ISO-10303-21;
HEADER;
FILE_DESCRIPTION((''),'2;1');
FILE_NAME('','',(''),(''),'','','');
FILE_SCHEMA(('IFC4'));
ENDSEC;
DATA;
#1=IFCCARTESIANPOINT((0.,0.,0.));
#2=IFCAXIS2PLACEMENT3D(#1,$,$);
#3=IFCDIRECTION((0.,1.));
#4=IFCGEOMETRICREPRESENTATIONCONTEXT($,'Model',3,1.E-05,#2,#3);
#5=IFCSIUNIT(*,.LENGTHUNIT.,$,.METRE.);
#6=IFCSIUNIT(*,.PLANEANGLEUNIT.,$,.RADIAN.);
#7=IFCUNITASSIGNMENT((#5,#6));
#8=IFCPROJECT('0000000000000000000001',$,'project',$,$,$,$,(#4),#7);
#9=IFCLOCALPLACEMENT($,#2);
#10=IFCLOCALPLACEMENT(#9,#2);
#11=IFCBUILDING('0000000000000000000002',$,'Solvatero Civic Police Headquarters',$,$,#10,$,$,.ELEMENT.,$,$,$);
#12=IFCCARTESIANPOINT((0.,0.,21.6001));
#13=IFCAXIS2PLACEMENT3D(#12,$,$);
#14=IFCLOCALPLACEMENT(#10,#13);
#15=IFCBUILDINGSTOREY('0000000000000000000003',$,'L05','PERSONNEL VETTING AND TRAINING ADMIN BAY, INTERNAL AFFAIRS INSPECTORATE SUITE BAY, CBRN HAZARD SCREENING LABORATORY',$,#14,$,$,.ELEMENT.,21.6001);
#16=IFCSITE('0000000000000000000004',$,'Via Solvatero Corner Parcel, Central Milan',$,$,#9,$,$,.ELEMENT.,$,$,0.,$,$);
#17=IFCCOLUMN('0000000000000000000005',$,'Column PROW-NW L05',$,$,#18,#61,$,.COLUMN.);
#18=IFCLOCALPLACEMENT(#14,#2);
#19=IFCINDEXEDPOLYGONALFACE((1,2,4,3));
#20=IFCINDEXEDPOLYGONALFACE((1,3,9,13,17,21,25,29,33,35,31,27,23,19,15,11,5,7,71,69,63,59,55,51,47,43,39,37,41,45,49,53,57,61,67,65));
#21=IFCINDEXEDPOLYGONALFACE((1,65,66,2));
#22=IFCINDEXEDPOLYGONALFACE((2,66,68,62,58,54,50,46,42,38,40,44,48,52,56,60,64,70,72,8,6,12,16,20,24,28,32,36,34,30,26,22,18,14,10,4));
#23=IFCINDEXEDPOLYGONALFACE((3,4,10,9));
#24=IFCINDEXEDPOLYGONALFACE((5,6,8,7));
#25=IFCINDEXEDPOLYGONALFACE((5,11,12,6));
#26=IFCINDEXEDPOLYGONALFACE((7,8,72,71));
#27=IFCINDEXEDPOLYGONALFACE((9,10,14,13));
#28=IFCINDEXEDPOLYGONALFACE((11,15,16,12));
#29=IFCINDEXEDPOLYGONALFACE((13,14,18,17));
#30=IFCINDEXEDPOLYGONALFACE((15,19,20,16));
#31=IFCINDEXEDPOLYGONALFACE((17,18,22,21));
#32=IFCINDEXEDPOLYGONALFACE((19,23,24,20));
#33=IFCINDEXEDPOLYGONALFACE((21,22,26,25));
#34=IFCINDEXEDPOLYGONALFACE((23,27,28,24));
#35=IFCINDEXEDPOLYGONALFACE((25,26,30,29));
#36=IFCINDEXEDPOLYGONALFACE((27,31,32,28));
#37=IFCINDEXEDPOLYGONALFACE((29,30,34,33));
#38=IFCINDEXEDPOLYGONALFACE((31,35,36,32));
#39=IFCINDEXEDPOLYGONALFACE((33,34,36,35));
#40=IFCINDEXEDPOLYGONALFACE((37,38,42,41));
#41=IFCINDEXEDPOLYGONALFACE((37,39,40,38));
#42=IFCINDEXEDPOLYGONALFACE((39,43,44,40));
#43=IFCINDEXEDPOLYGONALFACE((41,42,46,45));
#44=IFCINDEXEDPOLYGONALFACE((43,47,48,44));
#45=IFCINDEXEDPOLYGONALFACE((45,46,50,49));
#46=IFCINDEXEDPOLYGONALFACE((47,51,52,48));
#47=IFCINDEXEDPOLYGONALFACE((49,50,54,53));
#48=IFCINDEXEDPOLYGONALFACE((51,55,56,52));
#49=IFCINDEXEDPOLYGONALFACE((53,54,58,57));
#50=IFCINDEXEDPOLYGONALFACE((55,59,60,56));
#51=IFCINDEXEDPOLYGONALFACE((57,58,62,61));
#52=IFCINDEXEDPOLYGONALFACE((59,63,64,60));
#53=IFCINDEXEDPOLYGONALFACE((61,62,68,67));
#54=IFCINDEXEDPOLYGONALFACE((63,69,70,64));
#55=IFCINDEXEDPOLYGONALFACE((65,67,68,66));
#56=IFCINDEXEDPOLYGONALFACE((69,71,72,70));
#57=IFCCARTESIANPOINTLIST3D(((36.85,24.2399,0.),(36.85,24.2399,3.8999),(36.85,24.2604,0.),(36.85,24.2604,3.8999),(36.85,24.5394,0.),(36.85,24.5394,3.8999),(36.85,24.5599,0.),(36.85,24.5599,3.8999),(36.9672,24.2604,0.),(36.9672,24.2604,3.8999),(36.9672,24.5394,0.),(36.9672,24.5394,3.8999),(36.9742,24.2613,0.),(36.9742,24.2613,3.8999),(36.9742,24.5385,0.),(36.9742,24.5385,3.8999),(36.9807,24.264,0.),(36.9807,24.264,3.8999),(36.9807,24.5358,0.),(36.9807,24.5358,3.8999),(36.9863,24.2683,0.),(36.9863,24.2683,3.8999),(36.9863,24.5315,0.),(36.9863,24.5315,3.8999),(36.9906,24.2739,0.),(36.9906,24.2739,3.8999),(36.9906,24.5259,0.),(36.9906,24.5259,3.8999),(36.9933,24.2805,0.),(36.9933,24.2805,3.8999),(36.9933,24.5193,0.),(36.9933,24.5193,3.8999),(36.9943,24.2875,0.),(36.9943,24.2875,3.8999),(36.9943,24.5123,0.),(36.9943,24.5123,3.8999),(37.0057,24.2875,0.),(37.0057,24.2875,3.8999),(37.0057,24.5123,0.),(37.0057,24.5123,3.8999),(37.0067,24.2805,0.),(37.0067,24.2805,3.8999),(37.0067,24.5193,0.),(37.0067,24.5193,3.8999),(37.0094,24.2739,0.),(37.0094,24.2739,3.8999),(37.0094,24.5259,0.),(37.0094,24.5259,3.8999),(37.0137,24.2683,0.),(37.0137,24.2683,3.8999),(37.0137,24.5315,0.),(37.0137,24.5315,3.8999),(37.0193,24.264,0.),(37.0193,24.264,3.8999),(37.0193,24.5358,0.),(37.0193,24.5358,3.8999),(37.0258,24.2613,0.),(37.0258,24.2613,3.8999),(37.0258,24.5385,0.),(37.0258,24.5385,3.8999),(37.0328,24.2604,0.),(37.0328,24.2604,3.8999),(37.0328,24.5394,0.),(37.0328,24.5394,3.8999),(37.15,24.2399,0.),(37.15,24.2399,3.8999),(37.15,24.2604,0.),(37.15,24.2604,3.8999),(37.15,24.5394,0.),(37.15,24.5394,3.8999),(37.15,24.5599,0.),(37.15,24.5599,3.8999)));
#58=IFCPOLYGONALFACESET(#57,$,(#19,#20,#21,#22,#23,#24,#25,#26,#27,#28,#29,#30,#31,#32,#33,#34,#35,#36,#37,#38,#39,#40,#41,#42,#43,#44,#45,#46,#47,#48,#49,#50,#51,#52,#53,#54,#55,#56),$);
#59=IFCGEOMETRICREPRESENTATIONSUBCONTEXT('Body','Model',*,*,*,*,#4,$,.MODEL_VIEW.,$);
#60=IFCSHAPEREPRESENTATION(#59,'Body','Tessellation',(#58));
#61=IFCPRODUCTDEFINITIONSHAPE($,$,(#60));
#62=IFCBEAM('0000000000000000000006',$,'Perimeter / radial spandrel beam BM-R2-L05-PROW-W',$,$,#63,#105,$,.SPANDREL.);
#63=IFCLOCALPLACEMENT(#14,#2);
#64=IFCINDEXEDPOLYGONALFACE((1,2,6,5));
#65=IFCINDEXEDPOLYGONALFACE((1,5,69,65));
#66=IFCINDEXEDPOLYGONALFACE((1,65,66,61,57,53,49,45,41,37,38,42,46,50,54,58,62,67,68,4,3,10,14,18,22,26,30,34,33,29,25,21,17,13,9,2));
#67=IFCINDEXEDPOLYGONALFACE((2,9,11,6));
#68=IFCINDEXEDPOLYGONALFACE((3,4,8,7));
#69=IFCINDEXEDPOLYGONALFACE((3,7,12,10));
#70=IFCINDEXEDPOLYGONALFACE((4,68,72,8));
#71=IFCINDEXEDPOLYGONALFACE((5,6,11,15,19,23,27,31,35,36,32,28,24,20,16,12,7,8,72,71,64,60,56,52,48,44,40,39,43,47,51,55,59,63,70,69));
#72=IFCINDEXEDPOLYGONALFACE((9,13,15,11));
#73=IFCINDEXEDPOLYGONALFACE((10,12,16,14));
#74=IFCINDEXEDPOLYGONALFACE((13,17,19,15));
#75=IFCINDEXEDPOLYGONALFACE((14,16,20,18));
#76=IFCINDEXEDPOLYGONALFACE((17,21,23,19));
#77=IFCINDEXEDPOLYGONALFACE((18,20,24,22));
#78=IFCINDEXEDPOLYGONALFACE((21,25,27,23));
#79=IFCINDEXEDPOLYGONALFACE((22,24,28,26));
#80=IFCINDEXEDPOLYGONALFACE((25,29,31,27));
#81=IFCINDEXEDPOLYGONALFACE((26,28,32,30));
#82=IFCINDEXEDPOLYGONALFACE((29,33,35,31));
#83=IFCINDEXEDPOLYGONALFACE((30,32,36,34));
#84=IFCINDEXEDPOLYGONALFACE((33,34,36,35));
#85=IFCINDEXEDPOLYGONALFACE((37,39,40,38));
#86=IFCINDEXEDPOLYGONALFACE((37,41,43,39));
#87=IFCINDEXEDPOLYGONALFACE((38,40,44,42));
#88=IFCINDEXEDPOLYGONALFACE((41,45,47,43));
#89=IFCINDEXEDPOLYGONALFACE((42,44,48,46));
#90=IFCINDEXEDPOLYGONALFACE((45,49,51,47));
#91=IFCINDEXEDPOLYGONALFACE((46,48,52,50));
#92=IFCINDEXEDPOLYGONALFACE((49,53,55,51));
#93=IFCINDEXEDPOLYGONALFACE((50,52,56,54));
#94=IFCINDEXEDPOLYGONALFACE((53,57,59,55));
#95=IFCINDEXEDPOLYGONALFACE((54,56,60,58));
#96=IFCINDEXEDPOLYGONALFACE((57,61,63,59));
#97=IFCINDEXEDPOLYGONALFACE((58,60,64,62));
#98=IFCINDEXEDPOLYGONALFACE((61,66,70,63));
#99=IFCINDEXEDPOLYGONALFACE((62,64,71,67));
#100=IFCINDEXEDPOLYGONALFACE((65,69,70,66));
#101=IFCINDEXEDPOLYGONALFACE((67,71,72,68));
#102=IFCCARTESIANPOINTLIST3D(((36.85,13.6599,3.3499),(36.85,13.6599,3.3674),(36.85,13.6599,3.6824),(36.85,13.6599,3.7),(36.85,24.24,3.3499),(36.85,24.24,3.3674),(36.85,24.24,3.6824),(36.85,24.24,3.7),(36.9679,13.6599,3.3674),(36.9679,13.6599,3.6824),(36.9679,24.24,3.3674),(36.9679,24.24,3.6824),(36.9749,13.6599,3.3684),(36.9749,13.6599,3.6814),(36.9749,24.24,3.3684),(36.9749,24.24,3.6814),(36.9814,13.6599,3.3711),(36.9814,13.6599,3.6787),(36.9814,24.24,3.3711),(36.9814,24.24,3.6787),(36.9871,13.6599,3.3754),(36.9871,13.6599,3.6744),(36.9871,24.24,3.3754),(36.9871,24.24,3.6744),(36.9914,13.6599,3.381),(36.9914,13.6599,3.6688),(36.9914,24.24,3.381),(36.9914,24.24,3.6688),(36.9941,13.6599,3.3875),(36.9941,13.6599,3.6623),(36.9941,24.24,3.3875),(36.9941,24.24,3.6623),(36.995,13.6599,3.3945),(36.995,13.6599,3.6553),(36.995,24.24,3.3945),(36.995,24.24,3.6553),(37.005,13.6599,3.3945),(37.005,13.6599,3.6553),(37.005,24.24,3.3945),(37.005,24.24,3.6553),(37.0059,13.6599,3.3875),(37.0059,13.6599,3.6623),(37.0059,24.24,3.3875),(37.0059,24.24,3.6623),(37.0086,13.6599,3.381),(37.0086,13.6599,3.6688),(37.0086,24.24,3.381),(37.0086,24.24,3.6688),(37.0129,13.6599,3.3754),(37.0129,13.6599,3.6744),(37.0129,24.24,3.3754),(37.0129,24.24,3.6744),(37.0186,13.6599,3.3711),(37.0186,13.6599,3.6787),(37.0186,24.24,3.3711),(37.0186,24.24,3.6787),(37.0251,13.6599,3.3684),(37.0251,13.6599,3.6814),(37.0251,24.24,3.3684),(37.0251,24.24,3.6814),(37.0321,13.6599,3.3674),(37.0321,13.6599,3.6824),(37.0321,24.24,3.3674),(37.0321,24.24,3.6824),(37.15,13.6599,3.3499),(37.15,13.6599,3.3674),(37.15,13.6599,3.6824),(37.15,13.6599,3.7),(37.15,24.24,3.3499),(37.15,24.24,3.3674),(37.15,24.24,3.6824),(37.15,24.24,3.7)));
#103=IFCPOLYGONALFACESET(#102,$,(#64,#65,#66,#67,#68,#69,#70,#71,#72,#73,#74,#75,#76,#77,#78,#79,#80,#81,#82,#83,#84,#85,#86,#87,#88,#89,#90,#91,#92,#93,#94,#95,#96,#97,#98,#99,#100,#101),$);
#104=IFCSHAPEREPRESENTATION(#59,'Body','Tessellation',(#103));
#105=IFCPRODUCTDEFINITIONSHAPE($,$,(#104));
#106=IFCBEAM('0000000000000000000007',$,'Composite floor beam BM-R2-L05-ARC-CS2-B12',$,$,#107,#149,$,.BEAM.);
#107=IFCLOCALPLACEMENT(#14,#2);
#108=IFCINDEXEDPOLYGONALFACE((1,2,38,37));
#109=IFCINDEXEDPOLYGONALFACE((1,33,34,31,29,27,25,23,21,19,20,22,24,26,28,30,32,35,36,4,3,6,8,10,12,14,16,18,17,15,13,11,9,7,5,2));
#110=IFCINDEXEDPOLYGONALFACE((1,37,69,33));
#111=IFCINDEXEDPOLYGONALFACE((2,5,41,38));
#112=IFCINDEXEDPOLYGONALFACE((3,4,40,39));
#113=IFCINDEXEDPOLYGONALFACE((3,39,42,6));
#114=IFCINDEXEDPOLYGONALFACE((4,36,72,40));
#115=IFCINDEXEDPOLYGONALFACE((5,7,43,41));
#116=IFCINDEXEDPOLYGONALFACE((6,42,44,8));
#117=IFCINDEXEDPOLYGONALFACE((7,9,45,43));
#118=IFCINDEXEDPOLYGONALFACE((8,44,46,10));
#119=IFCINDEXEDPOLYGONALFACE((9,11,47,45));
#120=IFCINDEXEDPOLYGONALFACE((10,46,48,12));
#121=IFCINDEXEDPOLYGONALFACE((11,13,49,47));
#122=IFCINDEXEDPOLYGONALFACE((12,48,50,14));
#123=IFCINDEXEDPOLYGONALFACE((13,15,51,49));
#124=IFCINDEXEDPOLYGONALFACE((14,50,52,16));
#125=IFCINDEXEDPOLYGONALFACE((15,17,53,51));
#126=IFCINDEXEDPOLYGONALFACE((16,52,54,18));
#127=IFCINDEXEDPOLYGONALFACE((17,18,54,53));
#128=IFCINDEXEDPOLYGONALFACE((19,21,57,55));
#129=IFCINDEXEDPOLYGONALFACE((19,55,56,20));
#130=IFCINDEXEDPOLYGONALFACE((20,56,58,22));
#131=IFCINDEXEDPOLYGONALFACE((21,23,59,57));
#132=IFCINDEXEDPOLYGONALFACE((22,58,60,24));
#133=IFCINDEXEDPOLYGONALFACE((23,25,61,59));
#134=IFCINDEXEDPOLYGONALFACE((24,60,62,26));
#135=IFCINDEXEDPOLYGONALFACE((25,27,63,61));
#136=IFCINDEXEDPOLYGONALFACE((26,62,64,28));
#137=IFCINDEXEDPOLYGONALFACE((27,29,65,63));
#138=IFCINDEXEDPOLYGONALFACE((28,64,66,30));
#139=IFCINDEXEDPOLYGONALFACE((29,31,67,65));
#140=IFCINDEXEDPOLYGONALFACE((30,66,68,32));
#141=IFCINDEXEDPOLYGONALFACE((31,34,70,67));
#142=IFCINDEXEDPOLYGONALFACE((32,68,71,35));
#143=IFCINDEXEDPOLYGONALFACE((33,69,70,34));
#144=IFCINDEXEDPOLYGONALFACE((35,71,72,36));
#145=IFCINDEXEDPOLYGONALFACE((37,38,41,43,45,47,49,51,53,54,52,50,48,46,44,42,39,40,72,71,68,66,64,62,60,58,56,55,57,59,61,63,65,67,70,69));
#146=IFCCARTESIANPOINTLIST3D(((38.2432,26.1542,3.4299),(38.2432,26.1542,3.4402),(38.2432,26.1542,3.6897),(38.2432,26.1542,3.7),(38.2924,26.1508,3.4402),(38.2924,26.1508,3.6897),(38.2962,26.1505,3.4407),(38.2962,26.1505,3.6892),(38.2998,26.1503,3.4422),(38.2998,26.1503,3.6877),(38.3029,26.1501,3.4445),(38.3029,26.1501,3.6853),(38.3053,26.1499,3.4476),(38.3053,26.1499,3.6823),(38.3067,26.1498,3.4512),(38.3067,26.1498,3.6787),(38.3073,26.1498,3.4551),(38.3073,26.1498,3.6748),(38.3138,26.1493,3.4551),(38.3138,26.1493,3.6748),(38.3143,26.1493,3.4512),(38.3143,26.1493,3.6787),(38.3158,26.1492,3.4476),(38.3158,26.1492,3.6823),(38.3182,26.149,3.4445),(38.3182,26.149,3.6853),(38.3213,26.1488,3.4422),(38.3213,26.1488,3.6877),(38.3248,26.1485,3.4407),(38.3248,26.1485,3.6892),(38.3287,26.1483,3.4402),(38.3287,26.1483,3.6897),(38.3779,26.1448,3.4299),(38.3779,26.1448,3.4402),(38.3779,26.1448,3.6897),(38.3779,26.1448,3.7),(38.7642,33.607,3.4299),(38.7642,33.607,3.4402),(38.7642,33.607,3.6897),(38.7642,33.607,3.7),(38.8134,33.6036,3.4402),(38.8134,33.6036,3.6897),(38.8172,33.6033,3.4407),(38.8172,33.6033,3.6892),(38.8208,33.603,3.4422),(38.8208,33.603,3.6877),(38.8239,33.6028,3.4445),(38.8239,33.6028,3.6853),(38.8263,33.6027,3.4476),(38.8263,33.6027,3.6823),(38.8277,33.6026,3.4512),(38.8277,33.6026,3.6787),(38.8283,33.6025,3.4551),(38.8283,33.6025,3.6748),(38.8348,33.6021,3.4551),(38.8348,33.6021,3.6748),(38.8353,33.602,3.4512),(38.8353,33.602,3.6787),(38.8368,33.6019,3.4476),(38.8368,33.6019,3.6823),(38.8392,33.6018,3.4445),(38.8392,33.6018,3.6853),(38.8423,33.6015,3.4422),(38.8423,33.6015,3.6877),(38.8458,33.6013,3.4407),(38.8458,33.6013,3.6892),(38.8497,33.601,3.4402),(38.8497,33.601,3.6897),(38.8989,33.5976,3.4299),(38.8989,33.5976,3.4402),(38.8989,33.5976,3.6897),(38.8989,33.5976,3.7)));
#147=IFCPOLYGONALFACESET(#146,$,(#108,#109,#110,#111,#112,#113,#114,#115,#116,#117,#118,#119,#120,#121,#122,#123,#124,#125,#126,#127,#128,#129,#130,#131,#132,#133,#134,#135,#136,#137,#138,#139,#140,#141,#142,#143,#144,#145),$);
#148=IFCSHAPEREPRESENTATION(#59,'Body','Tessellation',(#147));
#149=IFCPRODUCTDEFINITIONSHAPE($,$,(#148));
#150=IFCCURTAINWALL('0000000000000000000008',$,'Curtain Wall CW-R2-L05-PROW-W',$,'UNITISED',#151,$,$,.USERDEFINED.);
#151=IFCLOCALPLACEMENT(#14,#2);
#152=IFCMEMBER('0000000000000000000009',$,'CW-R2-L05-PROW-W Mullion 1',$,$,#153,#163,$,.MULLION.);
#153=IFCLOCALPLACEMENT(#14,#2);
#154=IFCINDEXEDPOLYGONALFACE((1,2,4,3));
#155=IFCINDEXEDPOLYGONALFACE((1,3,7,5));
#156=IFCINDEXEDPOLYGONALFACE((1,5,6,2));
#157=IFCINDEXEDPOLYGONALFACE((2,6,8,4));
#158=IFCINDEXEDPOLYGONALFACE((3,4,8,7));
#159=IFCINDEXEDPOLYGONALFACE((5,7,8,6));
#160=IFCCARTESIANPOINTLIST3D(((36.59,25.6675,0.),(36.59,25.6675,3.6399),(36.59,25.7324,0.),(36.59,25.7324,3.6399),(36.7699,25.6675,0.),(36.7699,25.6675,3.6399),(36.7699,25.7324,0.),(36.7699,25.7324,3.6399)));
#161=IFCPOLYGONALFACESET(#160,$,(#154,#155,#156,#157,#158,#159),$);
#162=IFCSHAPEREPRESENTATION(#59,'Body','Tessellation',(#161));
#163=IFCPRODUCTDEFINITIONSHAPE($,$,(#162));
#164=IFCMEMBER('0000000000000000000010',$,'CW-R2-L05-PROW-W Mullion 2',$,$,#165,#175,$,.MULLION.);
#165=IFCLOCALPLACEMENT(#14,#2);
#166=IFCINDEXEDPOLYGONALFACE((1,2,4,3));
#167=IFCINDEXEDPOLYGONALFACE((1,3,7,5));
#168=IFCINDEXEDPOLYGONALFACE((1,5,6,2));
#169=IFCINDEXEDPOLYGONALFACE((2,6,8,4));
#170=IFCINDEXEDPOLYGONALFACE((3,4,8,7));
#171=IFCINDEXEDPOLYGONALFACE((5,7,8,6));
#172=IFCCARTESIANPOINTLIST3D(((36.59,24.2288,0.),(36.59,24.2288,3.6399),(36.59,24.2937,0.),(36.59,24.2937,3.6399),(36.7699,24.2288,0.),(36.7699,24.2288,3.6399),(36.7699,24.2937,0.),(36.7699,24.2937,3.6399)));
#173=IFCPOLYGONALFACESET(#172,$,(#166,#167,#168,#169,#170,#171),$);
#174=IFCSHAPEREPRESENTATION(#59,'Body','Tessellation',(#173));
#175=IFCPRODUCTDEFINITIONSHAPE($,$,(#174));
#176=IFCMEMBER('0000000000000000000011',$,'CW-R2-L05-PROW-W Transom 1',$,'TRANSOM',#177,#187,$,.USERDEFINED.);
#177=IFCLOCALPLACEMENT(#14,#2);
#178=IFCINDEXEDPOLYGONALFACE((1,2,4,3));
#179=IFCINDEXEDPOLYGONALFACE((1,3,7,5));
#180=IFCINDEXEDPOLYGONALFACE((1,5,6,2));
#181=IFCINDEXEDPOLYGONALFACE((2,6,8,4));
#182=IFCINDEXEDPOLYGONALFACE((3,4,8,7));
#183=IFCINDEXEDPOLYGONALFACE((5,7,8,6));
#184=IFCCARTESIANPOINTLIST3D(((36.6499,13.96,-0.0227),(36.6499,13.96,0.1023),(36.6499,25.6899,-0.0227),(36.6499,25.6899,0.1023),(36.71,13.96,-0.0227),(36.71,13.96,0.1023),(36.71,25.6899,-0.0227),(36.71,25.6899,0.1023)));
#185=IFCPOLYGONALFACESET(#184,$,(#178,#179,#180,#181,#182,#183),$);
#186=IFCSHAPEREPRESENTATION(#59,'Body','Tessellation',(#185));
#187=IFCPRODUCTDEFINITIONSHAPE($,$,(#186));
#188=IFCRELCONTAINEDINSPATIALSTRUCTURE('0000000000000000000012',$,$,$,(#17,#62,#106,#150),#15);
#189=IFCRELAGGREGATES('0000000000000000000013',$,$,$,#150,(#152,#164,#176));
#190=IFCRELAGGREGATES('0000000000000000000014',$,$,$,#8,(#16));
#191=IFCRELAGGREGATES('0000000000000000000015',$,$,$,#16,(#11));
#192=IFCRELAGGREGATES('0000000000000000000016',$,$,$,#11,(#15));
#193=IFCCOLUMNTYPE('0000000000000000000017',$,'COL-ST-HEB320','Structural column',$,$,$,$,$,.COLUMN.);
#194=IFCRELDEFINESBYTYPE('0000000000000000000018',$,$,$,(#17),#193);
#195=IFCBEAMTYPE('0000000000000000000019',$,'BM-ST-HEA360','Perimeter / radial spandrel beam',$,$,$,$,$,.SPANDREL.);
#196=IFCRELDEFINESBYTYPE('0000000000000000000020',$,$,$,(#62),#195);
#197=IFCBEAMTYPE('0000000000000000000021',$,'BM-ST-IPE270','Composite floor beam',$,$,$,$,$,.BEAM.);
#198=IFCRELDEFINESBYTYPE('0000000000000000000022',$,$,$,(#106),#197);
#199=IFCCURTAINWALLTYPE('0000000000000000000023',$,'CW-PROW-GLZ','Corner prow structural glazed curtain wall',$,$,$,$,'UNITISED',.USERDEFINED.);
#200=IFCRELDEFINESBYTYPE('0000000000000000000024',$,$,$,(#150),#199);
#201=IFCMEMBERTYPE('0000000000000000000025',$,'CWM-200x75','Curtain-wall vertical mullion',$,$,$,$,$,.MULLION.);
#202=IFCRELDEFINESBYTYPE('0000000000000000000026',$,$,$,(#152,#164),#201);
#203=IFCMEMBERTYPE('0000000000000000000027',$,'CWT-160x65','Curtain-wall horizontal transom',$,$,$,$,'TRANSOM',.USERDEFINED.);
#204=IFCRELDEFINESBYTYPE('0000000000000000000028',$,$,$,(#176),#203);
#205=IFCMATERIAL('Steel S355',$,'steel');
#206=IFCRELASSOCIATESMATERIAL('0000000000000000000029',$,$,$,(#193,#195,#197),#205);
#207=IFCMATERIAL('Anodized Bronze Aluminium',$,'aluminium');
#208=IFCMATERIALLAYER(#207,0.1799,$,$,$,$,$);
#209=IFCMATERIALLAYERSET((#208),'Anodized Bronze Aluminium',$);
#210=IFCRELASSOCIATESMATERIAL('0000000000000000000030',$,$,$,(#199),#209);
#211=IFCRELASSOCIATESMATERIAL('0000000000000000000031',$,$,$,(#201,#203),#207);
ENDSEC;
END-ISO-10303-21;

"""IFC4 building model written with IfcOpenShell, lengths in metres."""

from ifc_helpers import new_model, si_unit, direction, frame, origin, origin_2d, place, context, subcontext, project, spatial, rectangle, i_section, extrude, material, layer, layer_set, material_profile, profile_set, type_object, element, aggregate, save


model = new_model("IFC4")

# Units and contexts
model_context = context("Model", 3, precision=1e-05, world=origin(), true_north=direction((0.0, 1.0)))
body_context = subcontext(model_context, "Body", "Model", "MODEL_VIEW")
ifc_project = project(units=[si_unit("LENGTHUNIT", "METRE"), si_unit("PLANEANGLEUNIT", "RADIAN")], contexts=[model_context])

# Site, building, storey
site_placement = place(None, origin())
site = spatial("IfcSite", under=ifc_project, at=site_placement, Name="Via Solvatero Corner Parcel, Central Milan", CompositionType="ELEMENT", RefElevation=0.0)
building_placement = place(site_placement, origin())
building = spatial("IfcBuilding", under=site, at=building_placement, Name="Solvatero Civic Police Headquarters", CompositionType="ELEMENT")
storey_placement = place(building_placement, frame((0.0, 0.0, 21.6001)))
storey = spatial("IfcBuildingStorey", under=building, at=storey_placement, Name="L05", Description="PERSONNEL VETTING AND TRAINING ADMIN BAY, INTERNAL AFFAIRS INSPECTORATE SUITE BAY, CBRN HAZARD SCREENING LABORATORY", CompositionType="ELEMENT", Elevation=21.6001)

# Column
ifc_material_1 = material(Name="Steel S355", Category="steel")
ifc_material_profile_1 = material_profile(ifc_material_1, i_section(OverallWidth=0.3, OverallDepth=0.3201, WebThickness=0.0115, FlangeThickness=0.0205, FilletRadius=0.0271, at=origin_2d()), Name="HEB 320")
ifc_profile_set_1 = profile_set([ifc_material_profile_1], Name="Steel S355")
column_type = type_object("IfcColumnType", Name="COL-ST-HEB320", Description="Structural column", PredefinedType="COLUMN", material=ifc_profile_set_1)
column_placement = place(storey_placement, frame((37.0, 24.3999, 0.0), z_axis=(0.0, 0.0, 1.0), x_axis=(1.0, 0.0, 0.0)))
element("IfcColumn", 1, at=column_placement, inside=storey, type_object=column_type, Name="Column PROW-NW L05", PredefinedType="COLUMN", context=body_context, shape_type="SweptSolid", body=[
    extrude(i_section(OverallWidth=0.3, OverallDepth=0.3201, WebThickness=0.0115, FlangeThickness=0.0205, FilletRadius=0.0271, at=origin_2d()), origin(), (0.0, 0.0, 1.0), 3.8999),
])

# Beams
ifc_material_profile_2 = material_profile(ifc_material_1, i_section(OverallWidth=0.3, OverallDepth=0.3501, WebThickness=0.01, FlangeThickness=0.0176, FilletRadius=0.0271, at=origin_2d()), Name="HEA 360")
ifc_profile_set_2 = profile_set([ifc_material_profile_2], Name="Steel S355")
beam_type_1 = type_object("IfcBeamType", Name="BM-ST-HEA360", Description="Perimeter / radial spandrel beam", PredefinedType="SPANDREL", material=ifc_profile_set_2)
beam_1_placement = place(storey_placement, frame((37.0, 24.24, 3.5249), z_axis=(0.0, -1.0, 0.0), x_axis=(1.0, 0.0, 0.0)))
element("IfcBeam", 2, at=beam_1_placement, inside=storey, type_object=beam_type_1, Name="Perimeter / radial spandrel beam BM-R2-L05-PROW-W", PredefinedType="SPANDREL", context=body_context, shape_type="SweptSolid", body=[
    extrude(i_section(OverallWidth=0.3, OverallDepth=0.3501, WebThickness=0.01, FlangeThickness=0.0176, FilletRadius=0.0271, at=origin_2d()), origin(), (0.0, 0.0, 1.0), 10.5801),
])
ifc_material_profile_3 = material_profile(ifc_material_1, i_section(OverallWidth=0.135, OverallDepth=0.27, WebThickness=0.0066, FlangeThickness=0.0103, FilletRadius=0.0149, at=origin_2d()), Name="IPE 270")
ifc_profile_set_3 = profile_set([ifc_material_profile_3], Name="Steel S355")
beam_type_2 = type_object("IfcBeamType", Name="BM-ST-IPE270", Description="Composite floor beam", PredefinedType="BEAM", material=ifc_profile_set_3)
beam_2_placement = place(storey_placement, frame((38.8315, 33.6023, 3.5649), z_axis=(-0.069737, -0.997565, 0.0), x_axis=(0.997565, -0.069737, 0.0)))
element("IfcBeam", 3, at=beam_2_placement, inside=storey, type_object=beam_type_2, Name="Composite floor beam BM-R2-L05-ARC-CS2-B12", PredefinedType="BEAM", context=body_context, shape_type="SweptSolid", body=[
    extrude(i_section(OverallWidth=0.135, OverallDepth=0.27, WebThickness=0.0066, FlangeThickness=0.0103, FilletRadius=0.0149, at=origin_2d()), origin(), (0.0, 0.0, 1.0), 7.4709),
])

# Curtain wall, members
ifc_material_2 = material(Name="Anodized Bronze Aluminium", Category="aluminium")
ifc_layer_1 = layer(ifc_material_2, 0.1799)
ifc_layer_set_1 = layer_set([ifc_layer_1], Name="Anodized Bronze Aluminium")
curtain_wall_type = type_object("IfcCurtainWallType", Name="CW-PROW-GLZ", Description="Corner prow structural glazed curtain wall", ElementType="UNITISED", PredefinedType="USERDEFINED", material=ifc_layer_set_1)
curtain_wall_placement = place(storey_placement, origin())
curtain_wall = element("IfcCurtainWall", 4, at=curtain_wall_placement, inside=storey, type_object=curtain_wall_type, Name="Curtain Wall CW-R2-L05-PROW-W", ObjectType="UNITISED", PredefinedType="USERDEFINED")
ifc_material_profile_4 = material_profile(ifc_material_2, rectangle(XDim=0.0649, YDim=0.1799, at=origin_2d()), Name="ALU MULLION 65x180")
ifc_profile_set_4 = profile_set([ifc_material_profile_4], Name="Anodized Bronze Aluminium")
member_type_1 = type_object("IfcMemberType", Name="CWM-200x75", Description="Curtain-wall vertical mullion", PredefinedType="MULLION", material=ifc_profile_set_4)
member_1_placement = place(storey_placement, frame((36.6799, 25.7, 0.0), z_axis=(0.0, 0.0, 1.0), x_axis=(0.0, -1.0, 0.0)))
member_1 = element("IfcMember", 5, at=member_1_placement, type_object=member_type_1, Name="CW-R2-L05-PROW-W Mullion 1", PredefinedType="MULLION", context=body_context, shape_type="SweptSolid", body=[
    extrude(rectangle(XDim=0.0649, YDim=0.1799, at=origin_2d()), origin(), (0.0, 0.0, 1.0), 3.6399),
])
member_2_placement = place(storey_placement, frame((36.6799, 24.2612, 0.0), z_axis=(0.0, 0.0, 1.0), x_axis=(0.0, -1.0, 0.0)))
member_2 = element("IfcMember", 6, at=member_2_placement, type_object=member_type_1, Name="CW-R2-L05-PROW-W Mullion 2", PredefinedType="MULLION", context=body_context, shape_type="SweptSolid", body=[
    extrude(rectangle(XDim=0.0649, YDim=0.1799, at=origin_2d()), origin(), (0.0, 0.0, 1.0), 3.6399),
])
ifc_material_profile_5 = material_profile(ifc_material_2, rectangle(XDim=0.0601, YDim=0.125, at=origin_2d()), Name="ALU TRANSOM 60x125")
ifc_profile_set_5 = profile_set([ifc_material_profile_5], Name="Anodized Bronze Aluminium")
member_type_2 = type_object("IfcMemberType", Name="CWT-160x65", Description="Curtain-wall horizontal transom", ElementType="TRANSOM", PredefinedType="USERDEFINED", material=ifc_profile_set_5)
member_3_placement = place(storey_placement, frame((36.6799, 25.6899, 0.0398), z_axis=(0.0, -1.0, 0.0), x_axis=(1.0, 0.0, 0.0)))
member_3 = element("IfcMember", 7, at=member_3_placement, type_object=member_type_2, Name="CW-R2-L05-PROW-W Transom 1", ObjectType="TRANSOM", PredefinedType="USERDEFINED", context=body_context, shape_type="SweptSolid", body=[
    extrude(rectangle(XDim=0.0601, YDim=0.125, at=origin_2d()), origin(), (0.0, 0.0, 1.0), 11.73),
])
aggregate(curtain_wall, [member_1, member_2, member_3])

save(model, "model.ifc")
